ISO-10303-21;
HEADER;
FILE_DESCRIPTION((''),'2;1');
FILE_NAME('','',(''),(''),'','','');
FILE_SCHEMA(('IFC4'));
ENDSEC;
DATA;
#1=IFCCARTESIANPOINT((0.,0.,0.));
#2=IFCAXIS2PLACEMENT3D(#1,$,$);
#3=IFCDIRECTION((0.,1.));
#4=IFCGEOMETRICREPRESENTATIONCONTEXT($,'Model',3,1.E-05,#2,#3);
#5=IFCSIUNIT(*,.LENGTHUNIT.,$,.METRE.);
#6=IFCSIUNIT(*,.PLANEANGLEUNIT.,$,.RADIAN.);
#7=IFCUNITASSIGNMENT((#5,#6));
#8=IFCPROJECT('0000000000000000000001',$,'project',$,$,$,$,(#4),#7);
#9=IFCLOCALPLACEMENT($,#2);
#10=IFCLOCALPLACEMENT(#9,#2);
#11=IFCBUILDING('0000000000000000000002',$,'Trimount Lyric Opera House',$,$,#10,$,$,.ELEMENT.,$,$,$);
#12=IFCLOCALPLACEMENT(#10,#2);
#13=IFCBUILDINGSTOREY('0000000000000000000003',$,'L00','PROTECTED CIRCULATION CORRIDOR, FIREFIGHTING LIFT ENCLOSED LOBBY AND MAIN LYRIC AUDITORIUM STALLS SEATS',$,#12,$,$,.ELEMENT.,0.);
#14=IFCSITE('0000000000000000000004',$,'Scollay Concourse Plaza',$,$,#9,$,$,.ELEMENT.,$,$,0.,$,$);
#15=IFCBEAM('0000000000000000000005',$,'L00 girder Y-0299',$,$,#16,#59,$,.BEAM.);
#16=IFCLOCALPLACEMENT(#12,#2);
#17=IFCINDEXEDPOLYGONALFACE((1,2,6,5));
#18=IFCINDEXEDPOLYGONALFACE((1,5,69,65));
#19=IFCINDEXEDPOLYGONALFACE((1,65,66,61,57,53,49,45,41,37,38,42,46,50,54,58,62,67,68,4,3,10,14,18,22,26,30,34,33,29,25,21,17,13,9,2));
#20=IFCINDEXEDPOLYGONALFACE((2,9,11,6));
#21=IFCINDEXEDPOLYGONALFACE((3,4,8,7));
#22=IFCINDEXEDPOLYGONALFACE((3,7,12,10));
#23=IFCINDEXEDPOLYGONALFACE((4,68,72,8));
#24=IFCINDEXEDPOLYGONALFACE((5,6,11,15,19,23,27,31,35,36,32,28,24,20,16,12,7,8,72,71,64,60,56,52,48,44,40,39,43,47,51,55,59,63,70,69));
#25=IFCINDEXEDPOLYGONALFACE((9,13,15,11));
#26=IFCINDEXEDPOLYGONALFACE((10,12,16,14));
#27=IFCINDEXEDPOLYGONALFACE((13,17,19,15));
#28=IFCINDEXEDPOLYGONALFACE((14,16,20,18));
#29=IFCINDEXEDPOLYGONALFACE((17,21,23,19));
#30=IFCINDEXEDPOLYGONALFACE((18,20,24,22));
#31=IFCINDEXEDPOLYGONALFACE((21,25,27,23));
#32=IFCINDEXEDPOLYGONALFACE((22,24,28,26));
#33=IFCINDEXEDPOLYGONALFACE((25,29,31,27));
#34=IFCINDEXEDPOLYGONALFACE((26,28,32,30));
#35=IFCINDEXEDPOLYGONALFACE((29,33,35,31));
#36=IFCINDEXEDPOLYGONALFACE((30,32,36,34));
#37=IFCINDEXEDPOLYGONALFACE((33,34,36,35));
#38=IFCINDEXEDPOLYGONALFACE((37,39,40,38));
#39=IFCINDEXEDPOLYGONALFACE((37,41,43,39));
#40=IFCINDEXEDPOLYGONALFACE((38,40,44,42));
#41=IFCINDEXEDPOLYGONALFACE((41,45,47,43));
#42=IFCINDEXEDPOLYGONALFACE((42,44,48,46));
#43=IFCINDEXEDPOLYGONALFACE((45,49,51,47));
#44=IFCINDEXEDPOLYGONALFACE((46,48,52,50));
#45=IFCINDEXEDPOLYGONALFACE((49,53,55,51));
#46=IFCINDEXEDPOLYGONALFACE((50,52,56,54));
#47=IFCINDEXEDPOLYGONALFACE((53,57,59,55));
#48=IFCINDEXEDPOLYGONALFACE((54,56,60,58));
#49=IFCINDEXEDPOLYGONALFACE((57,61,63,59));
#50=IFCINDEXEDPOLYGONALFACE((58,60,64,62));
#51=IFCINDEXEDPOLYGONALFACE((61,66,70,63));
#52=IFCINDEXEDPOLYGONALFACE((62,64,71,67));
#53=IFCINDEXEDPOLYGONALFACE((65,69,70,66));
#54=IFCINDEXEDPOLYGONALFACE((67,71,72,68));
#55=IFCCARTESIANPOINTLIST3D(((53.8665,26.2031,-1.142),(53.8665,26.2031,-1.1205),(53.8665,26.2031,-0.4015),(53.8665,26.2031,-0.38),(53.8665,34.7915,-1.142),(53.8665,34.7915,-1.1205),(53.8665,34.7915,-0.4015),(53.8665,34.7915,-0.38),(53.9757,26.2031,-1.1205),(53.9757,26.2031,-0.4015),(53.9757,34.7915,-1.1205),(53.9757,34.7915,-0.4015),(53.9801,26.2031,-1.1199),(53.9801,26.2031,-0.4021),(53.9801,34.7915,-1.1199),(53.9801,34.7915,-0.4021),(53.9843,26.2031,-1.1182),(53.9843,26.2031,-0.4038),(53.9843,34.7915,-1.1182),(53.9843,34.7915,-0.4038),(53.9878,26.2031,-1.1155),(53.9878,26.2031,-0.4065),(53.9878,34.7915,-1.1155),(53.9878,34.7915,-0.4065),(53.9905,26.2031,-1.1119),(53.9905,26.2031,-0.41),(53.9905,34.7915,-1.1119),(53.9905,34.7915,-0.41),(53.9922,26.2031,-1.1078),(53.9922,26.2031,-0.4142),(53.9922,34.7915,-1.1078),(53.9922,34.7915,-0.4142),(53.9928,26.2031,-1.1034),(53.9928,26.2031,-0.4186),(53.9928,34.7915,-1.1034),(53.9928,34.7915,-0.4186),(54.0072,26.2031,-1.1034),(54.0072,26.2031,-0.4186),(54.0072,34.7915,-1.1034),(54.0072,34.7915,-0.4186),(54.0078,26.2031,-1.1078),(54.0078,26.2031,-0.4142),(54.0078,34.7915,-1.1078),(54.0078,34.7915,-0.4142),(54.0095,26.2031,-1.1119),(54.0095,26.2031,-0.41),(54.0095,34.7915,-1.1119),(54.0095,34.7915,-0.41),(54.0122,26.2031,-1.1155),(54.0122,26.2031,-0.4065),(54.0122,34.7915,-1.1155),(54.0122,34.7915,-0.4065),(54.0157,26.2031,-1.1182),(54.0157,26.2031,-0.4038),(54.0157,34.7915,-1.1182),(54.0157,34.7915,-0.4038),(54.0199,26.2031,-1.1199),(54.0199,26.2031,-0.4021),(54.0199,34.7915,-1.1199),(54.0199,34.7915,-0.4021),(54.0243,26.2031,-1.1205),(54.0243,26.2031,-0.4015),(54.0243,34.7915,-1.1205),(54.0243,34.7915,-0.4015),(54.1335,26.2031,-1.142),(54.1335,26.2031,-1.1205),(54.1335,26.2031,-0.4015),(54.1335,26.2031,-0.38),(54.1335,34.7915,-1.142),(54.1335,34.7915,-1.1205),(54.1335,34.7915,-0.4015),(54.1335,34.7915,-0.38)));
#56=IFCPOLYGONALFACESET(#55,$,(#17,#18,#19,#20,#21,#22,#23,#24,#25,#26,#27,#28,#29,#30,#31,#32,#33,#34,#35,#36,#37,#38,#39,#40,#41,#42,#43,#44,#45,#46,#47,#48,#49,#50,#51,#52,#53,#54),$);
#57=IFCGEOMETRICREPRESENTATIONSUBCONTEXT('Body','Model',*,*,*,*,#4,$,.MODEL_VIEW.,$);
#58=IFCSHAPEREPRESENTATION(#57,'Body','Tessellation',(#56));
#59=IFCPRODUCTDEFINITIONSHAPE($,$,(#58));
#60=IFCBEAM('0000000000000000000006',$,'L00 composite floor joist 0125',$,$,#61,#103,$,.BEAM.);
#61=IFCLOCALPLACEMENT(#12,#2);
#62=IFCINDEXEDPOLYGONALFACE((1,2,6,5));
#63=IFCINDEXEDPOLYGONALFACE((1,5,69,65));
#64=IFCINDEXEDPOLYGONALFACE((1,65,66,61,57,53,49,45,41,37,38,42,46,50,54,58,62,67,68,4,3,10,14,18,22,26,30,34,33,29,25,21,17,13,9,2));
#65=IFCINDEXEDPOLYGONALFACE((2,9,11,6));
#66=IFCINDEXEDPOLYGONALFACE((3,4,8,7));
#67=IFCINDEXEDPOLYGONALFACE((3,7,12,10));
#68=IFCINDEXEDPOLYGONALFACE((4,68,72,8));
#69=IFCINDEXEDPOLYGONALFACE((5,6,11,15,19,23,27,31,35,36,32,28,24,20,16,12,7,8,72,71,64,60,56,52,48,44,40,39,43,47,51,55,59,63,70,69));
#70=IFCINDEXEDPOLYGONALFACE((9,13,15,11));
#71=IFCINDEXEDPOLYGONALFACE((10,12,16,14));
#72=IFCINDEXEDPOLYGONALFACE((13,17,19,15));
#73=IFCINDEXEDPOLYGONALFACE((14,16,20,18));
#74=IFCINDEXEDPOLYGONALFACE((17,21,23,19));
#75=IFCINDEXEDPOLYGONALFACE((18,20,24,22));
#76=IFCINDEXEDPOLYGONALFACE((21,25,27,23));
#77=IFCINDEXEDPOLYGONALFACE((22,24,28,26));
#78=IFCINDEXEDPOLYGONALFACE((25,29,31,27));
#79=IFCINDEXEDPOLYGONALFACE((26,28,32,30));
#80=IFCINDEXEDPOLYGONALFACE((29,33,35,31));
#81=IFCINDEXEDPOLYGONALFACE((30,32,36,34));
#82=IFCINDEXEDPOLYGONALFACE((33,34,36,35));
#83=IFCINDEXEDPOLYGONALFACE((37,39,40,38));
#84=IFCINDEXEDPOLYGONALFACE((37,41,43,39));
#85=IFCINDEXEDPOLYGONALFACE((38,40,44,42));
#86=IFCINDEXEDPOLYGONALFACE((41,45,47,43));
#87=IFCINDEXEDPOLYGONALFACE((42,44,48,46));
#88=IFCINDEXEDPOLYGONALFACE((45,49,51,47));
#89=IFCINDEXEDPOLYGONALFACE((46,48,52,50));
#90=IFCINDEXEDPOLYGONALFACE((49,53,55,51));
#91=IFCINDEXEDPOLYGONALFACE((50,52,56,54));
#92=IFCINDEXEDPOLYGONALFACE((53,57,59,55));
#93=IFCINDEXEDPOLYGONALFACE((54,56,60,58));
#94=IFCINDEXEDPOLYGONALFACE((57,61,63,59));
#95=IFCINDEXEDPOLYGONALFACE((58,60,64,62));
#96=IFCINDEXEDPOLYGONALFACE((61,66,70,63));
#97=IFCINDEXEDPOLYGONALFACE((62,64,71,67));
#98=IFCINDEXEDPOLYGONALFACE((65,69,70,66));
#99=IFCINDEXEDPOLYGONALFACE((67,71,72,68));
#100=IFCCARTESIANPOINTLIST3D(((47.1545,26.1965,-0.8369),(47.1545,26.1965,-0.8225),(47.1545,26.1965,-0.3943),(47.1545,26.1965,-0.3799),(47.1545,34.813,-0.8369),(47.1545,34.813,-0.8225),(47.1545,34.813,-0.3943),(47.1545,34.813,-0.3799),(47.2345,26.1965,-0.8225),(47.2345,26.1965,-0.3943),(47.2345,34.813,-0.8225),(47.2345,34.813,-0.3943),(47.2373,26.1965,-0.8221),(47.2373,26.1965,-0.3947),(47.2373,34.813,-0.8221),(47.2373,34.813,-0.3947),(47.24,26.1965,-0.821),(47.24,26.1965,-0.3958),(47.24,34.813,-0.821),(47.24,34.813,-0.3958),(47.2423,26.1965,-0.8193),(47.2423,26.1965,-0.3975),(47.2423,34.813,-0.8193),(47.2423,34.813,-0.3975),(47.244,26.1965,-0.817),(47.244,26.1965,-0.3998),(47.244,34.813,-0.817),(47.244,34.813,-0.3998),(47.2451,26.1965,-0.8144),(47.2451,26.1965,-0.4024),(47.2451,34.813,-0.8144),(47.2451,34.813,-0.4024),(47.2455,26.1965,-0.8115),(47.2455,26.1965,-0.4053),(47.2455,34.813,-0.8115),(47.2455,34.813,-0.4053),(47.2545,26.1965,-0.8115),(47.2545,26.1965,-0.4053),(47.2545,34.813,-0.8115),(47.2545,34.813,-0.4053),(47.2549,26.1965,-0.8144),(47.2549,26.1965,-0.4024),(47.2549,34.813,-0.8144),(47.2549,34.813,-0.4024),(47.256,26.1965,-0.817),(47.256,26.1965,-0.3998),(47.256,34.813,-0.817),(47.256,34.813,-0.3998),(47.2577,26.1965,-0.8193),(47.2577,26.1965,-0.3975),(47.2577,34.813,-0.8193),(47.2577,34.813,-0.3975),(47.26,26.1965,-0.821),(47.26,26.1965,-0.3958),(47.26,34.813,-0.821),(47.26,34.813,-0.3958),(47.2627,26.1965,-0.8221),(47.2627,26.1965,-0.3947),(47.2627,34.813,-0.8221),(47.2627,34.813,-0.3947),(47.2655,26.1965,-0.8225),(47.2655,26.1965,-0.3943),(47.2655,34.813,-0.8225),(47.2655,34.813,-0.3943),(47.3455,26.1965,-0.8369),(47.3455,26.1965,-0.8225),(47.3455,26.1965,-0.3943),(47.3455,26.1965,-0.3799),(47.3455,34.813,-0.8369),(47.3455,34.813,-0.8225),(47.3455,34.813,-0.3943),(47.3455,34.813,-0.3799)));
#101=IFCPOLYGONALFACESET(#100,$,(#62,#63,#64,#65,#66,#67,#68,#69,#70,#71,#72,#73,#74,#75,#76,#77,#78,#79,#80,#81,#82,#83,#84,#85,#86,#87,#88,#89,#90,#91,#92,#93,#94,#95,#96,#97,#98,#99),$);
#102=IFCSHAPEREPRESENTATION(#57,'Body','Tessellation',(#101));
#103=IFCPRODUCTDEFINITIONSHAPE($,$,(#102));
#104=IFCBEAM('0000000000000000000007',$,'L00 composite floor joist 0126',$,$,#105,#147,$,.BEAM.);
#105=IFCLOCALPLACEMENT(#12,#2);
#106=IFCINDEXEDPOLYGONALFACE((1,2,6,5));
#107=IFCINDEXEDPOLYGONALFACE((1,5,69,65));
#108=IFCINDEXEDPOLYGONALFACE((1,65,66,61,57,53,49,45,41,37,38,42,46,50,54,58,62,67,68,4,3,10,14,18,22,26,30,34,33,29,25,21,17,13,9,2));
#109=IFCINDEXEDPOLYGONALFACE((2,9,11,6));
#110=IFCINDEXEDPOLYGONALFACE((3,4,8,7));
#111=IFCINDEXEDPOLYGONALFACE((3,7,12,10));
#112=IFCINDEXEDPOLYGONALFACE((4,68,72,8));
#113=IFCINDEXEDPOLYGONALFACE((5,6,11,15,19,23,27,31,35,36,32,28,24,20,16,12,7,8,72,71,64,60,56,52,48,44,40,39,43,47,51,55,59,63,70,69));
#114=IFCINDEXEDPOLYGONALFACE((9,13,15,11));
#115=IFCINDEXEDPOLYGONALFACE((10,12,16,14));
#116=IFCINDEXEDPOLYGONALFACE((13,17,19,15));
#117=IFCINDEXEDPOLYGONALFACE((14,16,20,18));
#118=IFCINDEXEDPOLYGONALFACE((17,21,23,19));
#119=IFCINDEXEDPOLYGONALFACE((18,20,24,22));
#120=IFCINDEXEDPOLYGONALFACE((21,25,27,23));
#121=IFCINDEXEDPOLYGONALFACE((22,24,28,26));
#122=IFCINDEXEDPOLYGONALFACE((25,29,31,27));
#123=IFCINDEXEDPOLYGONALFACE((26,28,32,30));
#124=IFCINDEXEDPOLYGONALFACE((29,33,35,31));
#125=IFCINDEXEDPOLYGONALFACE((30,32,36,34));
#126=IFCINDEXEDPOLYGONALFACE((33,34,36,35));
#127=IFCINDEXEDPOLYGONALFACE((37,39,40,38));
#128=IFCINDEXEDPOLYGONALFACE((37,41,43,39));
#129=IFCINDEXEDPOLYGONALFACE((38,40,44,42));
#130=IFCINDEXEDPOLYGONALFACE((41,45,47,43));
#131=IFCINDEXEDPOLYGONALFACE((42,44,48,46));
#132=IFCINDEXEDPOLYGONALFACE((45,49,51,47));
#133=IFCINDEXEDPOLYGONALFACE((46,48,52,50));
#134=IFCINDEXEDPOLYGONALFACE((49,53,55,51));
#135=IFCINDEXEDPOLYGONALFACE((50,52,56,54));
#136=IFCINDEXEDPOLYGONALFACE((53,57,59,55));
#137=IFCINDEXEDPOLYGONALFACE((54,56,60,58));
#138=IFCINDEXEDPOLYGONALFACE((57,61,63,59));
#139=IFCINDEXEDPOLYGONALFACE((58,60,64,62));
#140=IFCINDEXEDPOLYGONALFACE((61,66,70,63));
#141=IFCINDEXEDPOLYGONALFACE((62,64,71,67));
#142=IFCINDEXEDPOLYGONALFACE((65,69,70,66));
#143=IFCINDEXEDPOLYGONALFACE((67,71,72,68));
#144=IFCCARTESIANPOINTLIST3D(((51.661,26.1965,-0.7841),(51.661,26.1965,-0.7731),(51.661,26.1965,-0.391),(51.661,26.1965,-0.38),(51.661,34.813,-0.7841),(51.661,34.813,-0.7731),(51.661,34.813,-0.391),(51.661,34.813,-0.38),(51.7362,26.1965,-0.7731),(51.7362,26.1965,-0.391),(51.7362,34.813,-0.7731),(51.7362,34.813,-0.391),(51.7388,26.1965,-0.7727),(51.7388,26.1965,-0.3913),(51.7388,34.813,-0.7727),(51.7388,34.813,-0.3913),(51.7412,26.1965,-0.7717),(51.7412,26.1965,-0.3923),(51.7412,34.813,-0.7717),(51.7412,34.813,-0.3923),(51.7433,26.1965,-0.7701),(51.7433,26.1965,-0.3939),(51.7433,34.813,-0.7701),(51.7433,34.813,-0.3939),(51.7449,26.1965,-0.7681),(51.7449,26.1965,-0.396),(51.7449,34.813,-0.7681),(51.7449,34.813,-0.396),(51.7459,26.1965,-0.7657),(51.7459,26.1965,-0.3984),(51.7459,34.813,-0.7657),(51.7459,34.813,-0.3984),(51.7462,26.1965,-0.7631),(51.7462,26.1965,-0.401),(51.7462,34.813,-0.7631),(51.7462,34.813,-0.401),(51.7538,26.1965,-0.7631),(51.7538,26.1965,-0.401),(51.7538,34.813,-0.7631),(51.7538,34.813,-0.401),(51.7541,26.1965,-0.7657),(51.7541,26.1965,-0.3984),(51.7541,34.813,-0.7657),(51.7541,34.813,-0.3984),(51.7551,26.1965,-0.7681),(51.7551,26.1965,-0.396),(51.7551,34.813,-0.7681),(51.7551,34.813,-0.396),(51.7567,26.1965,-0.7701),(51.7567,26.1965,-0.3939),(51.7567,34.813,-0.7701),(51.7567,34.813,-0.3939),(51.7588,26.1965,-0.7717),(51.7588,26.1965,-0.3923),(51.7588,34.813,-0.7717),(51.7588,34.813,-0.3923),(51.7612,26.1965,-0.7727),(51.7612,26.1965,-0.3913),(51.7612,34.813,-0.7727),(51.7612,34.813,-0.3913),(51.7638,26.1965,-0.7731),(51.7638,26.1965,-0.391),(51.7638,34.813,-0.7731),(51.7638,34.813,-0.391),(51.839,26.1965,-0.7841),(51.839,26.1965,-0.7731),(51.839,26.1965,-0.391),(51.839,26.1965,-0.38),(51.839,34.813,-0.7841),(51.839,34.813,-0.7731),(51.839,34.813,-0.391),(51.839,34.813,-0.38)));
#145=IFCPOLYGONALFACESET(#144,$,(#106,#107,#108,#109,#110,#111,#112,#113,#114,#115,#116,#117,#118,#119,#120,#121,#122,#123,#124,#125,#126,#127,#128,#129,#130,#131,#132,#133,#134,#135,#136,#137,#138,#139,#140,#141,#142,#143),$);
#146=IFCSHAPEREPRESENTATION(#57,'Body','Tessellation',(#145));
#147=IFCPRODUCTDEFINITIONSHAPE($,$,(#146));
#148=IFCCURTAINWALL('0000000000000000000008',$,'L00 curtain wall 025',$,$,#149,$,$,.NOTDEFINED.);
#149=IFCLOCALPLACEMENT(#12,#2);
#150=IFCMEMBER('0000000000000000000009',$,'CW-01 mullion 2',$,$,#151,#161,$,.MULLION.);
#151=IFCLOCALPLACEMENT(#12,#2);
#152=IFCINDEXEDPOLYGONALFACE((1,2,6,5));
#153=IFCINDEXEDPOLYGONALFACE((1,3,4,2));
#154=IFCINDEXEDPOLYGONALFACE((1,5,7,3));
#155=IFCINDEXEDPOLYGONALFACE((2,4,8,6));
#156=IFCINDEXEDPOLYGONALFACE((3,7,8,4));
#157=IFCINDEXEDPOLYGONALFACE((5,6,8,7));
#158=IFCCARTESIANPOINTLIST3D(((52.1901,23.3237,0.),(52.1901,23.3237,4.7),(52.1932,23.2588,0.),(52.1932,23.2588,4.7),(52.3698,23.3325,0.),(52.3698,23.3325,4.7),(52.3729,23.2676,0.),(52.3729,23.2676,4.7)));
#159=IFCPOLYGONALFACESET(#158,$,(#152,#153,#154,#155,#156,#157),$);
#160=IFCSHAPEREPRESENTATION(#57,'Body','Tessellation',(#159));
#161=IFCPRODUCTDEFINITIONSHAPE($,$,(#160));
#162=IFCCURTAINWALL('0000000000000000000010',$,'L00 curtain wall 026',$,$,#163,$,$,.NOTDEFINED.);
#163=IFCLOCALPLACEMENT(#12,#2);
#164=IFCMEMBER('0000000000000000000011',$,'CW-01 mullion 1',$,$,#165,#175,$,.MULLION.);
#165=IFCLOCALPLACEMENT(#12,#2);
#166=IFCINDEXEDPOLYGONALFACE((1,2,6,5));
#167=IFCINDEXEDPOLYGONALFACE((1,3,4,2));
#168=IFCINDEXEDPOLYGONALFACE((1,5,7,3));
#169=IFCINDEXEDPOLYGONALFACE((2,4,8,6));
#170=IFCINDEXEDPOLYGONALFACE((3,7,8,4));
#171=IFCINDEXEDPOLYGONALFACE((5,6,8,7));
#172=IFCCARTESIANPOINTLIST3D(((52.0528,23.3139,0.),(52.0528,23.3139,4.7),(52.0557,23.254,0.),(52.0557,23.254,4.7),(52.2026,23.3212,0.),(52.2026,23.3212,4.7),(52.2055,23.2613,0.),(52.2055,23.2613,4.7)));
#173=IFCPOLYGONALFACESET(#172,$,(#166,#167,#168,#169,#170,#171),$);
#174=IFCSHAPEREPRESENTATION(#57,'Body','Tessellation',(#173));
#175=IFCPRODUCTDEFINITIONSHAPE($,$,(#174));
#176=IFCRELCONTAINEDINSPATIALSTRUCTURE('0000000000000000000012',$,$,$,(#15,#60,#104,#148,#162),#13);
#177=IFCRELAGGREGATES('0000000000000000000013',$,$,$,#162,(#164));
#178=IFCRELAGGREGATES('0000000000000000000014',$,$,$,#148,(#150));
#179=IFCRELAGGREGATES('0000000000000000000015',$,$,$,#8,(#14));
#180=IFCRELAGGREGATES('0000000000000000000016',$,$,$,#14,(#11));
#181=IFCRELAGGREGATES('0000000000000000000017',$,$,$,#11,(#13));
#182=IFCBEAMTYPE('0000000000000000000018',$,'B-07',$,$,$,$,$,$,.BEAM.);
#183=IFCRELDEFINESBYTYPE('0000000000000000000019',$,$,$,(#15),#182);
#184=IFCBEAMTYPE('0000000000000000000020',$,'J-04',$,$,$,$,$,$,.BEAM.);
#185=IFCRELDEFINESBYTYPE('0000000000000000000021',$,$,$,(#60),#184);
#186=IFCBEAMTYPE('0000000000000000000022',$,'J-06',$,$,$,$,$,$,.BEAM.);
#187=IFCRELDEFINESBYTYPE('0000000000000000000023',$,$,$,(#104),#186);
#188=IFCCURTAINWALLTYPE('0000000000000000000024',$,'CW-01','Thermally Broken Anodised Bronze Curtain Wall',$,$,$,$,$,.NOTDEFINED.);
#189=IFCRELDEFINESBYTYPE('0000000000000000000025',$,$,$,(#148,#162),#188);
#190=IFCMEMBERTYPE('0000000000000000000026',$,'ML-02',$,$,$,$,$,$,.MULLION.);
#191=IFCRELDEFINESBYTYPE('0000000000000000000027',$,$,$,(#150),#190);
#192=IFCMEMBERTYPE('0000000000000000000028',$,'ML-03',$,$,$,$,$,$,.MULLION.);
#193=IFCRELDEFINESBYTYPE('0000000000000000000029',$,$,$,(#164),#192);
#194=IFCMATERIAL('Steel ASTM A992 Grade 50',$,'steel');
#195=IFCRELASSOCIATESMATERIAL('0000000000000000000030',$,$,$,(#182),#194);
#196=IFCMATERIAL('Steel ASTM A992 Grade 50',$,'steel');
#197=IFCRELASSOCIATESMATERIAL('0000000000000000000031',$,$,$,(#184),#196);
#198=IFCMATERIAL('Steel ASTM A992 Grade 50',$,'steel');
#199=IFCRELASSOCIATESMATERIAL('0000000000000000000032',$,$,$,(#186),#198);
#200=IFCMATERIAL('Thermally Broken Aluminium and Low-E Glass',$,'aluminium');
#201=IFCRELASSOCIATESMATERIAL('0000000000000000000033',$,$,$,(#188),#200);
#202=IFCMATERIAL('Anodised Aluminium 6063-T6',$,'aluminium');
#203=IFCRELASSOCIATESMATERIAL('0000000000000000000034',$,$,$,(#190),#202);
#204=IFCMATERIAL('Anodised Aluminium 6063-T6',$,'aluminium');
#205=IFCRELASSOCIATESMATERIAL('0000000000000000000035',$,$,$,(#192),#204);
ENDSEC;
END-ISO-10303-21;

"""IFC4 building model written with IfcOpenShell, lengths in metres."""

from ifc_helpers import new_model, si_unit, direction, frame, origin, origin_2d, place, context, subcontext, project, spatial, rectangle, i_section, extrude, material, material_profile, profile_set, type_object, element, aggregate, save


model = new_model("IFC4")

# Units and contexts
model_context = context("Model", 3, precision=1e-05, world=origin(), true_north=direction((0.0, 1.0)))
body_context = subcontext(model_context, "Body", "Model", "MODEL_VIEW")
ifc_project = project(units=[si_unit("LENGTHUNIT", "METRE"), si_unit("PLANEANGLEUNIT", "RADIAN")], contexts=[model_context])

# Site, building, storey
site_placement = place(None, origin())
site = spatial("IfcSite", under=ifc_project, at=site_placement, Name="Scollay Concourse Plaza", CompositionType="ELEMENT", RefElevation=0.0)
building_placement = place(site_placement, origin())
building = spatial("IfcBuilding", under=site, at=building_placement, Name="Trimount Lyric Opera House", CompositionType="ELEMENT")
storey_placement = place(building_placement, origin())
storey = spatial("IfcBuildingStorey", under=building, at=storey_placement, Name="L00", Description="PROTECTED CIRCULATION CORRIDOR, FIREFIGHTING LIFT ENCLOSED LOBBY AND MAIN LYRIC AUDITORIUM STALLS SEATS", CompositionType="ELEMENT", Elevation=0.0)

# Beams
ifc_material_1 = material(Name="Steel ASTM A992 Grade 50", Category="steel")
ifc_material_profile_1 = material_profile(ifc_material_1, i_section(OverallWidth=0.2671, OverallDepth=0.762, WebThickness=0.0144, FlangeThickness=0.0215, FilletRadius=0.0171, at=origin_2d()), Name="W30X116")
ifc_profile_set_1 = profile_set([ifc_material_profile_1], Name="Steel ASTM A992 Grade 50")
beam_type_1 = type_object("IfcBeamType", Name="B-07", PredefinedType="BEAM", material=ifc_profile_set_1)
beam_1_placement = place(storey_placement, frame((54.0, 26.2031, -0.761), z_axis=(0.0, 1.0, 0.0), x_axis=(-1.0, 0.0, 0.0)))
element("IfcBeam", 1, at=beam_1_placement, inside=storey, type_object=beam_type_1, Name="L00 girder Y-0299", PredefinedType="BEAM", context=body_context, shape_type="SweptSolid", body=[
    extrude(i_section(OverallWidth=0.2671, OverallDepth=0.762, WebThickness=0.0144, FlangeThickness=0.0215, FilletRadius=0.0171, at=origin_2d()), origin(), (0.0, 0.0, 1.0), 8.5884),
])
ifc_material_2 = material(Name="Steel ASTM A992 Grade 50", Category="steel")
ifc_material_profile_2 = material_profile(ifc_material_2, i_section(OverallWidth=0.1909, OverallDepth=0.457, WebThickness=0.009, FlangeThickness=0.0144, FilletRadius=0.011, at=origin_2d()), Name="W18X50")
ifc_profile_set_2 = profile_set([ifc_material_profile_2], Name="Steel ASTM A992 Grade 50")
beam_type_2 = type_object("IfcBeamType", Name="J-04", PredefinedType="BEAM", material=ifc_profile_set_2)
beam_2_placement = place(storey_placement, frame((47.25, 26.1965, -0.6084), z_axis=(0.0, 1.0, 0.0), x_axis=(-1.0, 0.0, 0.0)))
element("IfcBeam", 2, at=beam_2_placement, inside=storey, type_object=beam_type_2, Name="L00 composite floor joist 0125", PredefinedType="BEAM", context=body_context, shape_type="SweptSolid", body=[
    extrude(i_section(OverallWidth=0.1909, OverallDepth=0.457, WebThickness=0.009, FlangeThickness=0.0144, FilletRadius=0.011, at=origin_2d()), origin(), (0.0, 0.0, 1.0), 8.6165),
])
ifc_material_3 = material(Name="Steel ASTM A992 Grade 50", Category="steel")
ifc_material_profile_3 = material_profile(ifc_material_3, i_section(OverallWidth=0.178, OverallDepth=0.4041, WebThickness=0.0076, FlangeThickness=0.011, FilletRadius=0.01, at=origin_2d()), Name="W16X36")
ifc_profile_set_3 = profile_set([ifc_material_profile_3], Name="Steel ASTM A992 Grade 50")
beam_type_3 = type_object("IfcBeamType", Name="J-06", PredefinedType="BEAM", material=ifc_profile_set_3)
beam_3_placement = place(storey_placement, frame((51.75, 26.1965, -0.582), z_axis=(0.0, 1.0, 0.0), x_axis=(-1.0, 0.0, 0.0)))
element("IfcBeam", 3, at=beam_3_placement, inside=storey, type_object=beam_type_3, Name="L00 composite floor joist 0126", PredefinedType="BEAM", context=body_context, shape_type="SweptSolid", body=[
    extrude(i_section(OverallWidth=0.178, OverallDepth=0.4041, WebThickness=0.0076, FlangeThickness=0.011, FilletRadius=0.01, at=origin_2d()), origin(), (0.0, 0.0, 1.0), 8.6165),
])

# Curtain walls, members
ifc_material_4 = material(Name="Thermally Broken Aluminium and Low-E Glass", Category="aluminium")
curtain_wall_type = type_object("IfcCurtainWallType", Name="CW-01", Description="Thermally Broken Anodised Bronze Curtain Wall", PredefinedType="NOTDEFINED", material=ifc_material_4)
curtain_wall_1_placement = place(storey_placement, origin())
curtain_wall_1 = element("IfcCurtainWall", 4, at=curtain_wall_1_placement, inside=storey, type_object=curtain_wall_type, Name="L00 curtain wall 025", PredefinedType="NOTDEFINED")
ifc_material_5 = material(Name="Anodised Aluminium 6063-T6", Category="aluminium")
ifc_material_profile_4 = material_profile(ifc_material_5, rectangle(XDim=0.0649, YDim=0.1799, at=origin_2d()), Name="ALU-MULL-65X180")
ifc_profile_set_4 = profile_set([ifc_material_profile_4], Name="Anodised Aluminium 6063-T6")
member_type_1 = type_object("IfcMemberType", Name="ML-02", PredefinedType="MULLION", material=ifc_profile_set_4)
member_1_placement = place(storey_placement, frame((52.2815, 23.2957, 0.0), z_axis=(0.0, 0.0, 1.0), x_axis=(0.048679, -0.998814, 0.0)))
member_1 = element("IfcMember", 5, at=member_1_placement, type_object=member_type_1, Name="CW-01 mullion 2", PredefinedType="MULLION", context=body_context, shape_type="SweptSolid", body=[
    extrude(rectangle(XDim=0.0649, YDim=0.1799, at=origin_2d()), origin(), (0.0, 0.0, 1.0), 4.7),
])
curtain_wall_2_placement = place(storey_placement, origin())
curtain_wall_2 = element("IfcCurtainWall", 6, at=curtain_wall_2_placement, inside=storey, type_object=curtain_wall_type, Name="L00 curtain wall 026", PredefinedType="NOTDEFINED")
ifc_material_6 = material(Name="Anodised Aluminium 6063-T6", Category="aluminium")
ifc_material_profile_5 = material_profile(ifc_material_6, rectangle(XDim=0.0601, YDim=0.1499, at=origin_2d()), Name="ALU-MULL-60X150")
ifc_profile_set_5 = profile_set([ifc_material_profile_5], Name="Anodised Aluminium 6063-T6")
member_type_2 = type_object("IfcMemberType", Name="ML-03", PredefinedType="MULLION", material=ifc_profile_set_5)
member_2_placement = place(storey_placement, frame((52.1292, 23.2876, 0.0), z_axis=(0.0, 0.0, 1.0), x_axis=(0.048679, -0.998814, 0.0)))
member_2 = element("IfcMember", 7, at=member_2_placement, type_object=member_type_2, Name="CW-01 mullion 1", PredefinedType="MULLION", context=body_context, shape_type="SweptSolid", body=[
    extrude(rectangle(XDim=0.0601, YDim=0.1499, at=origin_2d()), origin(), (0.0, 0.0, 1.0), 4.7),
])

aggregate(curtain_wall_2, [member_2])

aggregate(curtain_wall_1, [member_1])

save(model, "model.ifc")
